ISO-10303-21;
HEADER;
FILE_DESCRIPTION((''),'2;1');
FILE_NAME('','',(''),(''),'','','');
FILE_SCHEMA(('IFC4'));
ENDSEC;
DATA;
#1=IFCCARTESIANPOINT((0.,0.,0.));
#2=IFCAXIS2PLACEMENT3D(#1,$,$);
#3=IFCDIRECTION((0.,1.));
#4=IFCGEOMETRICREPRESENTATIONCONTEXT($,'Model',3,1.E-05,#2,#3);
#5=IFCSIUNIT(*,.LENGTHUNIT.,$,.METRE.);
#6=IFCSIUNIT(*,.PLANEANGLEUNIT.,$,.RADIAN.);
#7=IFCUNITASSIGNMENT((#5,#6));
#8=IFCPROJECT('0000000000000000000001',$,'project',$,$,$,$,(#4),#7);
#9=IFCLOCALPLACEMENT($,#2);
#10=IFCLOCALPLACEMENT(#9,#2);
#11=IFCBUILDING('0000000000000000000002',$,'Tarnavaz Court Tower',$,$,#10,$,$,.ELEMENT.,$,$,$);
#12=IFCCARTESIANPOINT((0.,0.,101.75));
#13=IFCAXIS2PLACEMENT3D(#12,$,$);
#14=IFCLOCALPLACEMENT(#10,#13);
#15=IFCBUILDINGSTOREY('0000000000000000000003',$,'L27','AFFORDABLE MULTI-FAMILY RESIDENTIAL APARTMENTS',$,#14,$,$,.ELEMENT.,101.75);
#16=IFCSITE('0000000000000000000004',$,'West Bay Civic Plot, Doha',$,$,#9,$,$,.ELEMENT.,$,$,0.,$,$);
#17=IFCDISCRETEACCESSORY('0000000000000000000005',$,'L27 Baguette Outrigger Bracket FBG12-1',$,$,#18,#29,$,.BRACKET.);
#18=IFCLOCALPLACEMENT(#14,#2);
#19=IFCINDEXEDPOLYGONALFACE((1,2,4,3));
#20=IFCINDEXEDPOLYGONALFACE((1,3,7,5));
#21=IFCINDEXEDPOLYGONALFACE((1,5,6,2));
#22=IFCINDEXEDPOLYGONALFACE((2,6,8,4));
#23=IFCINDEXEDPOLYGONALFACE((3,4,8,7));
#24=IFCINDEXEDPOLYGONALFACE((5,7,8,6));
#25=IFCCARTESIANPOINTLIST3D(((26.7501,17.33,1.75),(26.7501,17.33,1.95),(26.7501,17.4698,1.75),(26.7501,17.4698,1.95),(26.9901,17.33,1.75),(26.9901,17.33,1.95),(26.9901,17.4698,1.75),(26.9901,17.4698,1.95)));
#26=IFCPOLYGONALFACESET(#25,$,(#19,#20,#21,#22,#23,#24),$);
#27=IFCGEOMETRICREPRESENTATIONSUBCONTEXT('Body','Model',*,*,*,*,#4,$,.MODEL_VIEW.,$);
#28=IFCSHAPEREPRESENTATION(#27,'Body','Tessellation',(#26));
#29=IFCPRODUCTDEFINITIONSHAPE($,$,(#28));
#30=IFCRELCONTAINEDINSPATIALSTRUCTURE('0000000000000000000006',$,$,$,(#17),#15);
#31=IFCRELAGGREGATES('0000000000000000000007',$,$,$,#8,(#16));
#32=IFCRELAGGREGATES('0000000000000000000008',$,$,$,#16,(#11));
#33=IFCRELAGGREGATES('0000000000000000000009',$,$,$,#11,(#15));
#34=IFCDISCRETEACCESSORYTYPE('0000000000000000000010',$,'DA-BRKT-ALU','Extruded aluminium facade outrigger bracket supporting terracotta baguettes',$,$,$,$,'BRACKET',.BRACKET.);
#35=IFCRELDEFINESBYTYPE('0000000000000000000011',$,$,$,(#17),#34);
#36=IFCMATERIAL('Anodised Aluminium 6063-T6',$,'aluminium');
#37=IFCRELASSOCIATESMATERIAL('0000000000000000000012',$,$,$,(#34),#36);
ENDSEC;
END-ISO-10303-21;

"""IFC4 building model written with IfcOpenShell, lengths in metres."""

from ifc_helpers import new_model, si_unit, direction, frame, origin, origin_2d, place, context, subcontext, project, spatial, rectangle, extrude, material, type_object, element, save


model = new_model("IFC4")

# Units and contexts
model_context = context("Model", 3, precision=1e-05, world=origin(), true_north=direction((0.0, 1.0)))
body_context = subcontext(model_context, "Body", "Model", "MODEL_VIEW")
ifc_project = project(units=[si_unit("LENGTHUNIT", "METRE"), si_unit("PLANEANGLEUNIT", "RADIAN")], contexts=[model_context])

# Site, building, storey
site_placement = place(None, origin())
site = spatial("IfcSite", under=ifc_project, at=site_placement, Name="West Bay Civic Plot, Doha", CompositionType="ELEMENT", RefElevation=0.0)
building_placement = place(site_placement, origin())
building = spatial("IfcBuilding", under=site, at=building_placement, Name="Tarnavaz Court Tower", CompositionType="ELEMENT")
storey_placement = place(building_placement, frame((0.0, 0.0, 101.75)))
storey = spatial("IfcBuildingStorey", under=building, at=storey_placement, Name="L27", Description="AFFORDABLE MULTI-FAMILY RESIDENTIAL APARTMENTS", CompositionType="ELEMENT", Elevation=101.75)

# Discrete accessory
ifc_material_1 = material(Name="Anodised Aluminium 6063-T6", Category="aluminium")
discrete_accessory_type = type_object("IfcDiscreteAccessoryType", Name="DA-BRKT-ALU", Description="Extruded aluminium facade outrigger bracket supporting terracotta baguettes", ElementType="BRACKET", PredefinedType="BRACKET", material=ifc_material_1)
for number, where, z_axis, x_axis, name in (
    (1, (26.8701, 17.3999, 1.75), (0.0, 0.0, 1.0), (0.0, -1.0, 0.0), "L27 Baguette Outrigger Bracket FBG12-1"),
):
    element("IfcDiscreteAccessory", number, at=place(storey_placement, frame(where, z_axis=z_axis, x_axis=x_axis)), inside=storey, type_object=discrete_accessory_type, Name=name, PredefinedType="BRACKET", context=body_context, shape_type="SweptSolid", body=[
        extrude(rectangle(XDim=0.1399, YDim=0.24, at=origin_2d()), origin(), (0.0, 0.0, 1.0), 0.2),
    ])

save(model, "model.ifc")
